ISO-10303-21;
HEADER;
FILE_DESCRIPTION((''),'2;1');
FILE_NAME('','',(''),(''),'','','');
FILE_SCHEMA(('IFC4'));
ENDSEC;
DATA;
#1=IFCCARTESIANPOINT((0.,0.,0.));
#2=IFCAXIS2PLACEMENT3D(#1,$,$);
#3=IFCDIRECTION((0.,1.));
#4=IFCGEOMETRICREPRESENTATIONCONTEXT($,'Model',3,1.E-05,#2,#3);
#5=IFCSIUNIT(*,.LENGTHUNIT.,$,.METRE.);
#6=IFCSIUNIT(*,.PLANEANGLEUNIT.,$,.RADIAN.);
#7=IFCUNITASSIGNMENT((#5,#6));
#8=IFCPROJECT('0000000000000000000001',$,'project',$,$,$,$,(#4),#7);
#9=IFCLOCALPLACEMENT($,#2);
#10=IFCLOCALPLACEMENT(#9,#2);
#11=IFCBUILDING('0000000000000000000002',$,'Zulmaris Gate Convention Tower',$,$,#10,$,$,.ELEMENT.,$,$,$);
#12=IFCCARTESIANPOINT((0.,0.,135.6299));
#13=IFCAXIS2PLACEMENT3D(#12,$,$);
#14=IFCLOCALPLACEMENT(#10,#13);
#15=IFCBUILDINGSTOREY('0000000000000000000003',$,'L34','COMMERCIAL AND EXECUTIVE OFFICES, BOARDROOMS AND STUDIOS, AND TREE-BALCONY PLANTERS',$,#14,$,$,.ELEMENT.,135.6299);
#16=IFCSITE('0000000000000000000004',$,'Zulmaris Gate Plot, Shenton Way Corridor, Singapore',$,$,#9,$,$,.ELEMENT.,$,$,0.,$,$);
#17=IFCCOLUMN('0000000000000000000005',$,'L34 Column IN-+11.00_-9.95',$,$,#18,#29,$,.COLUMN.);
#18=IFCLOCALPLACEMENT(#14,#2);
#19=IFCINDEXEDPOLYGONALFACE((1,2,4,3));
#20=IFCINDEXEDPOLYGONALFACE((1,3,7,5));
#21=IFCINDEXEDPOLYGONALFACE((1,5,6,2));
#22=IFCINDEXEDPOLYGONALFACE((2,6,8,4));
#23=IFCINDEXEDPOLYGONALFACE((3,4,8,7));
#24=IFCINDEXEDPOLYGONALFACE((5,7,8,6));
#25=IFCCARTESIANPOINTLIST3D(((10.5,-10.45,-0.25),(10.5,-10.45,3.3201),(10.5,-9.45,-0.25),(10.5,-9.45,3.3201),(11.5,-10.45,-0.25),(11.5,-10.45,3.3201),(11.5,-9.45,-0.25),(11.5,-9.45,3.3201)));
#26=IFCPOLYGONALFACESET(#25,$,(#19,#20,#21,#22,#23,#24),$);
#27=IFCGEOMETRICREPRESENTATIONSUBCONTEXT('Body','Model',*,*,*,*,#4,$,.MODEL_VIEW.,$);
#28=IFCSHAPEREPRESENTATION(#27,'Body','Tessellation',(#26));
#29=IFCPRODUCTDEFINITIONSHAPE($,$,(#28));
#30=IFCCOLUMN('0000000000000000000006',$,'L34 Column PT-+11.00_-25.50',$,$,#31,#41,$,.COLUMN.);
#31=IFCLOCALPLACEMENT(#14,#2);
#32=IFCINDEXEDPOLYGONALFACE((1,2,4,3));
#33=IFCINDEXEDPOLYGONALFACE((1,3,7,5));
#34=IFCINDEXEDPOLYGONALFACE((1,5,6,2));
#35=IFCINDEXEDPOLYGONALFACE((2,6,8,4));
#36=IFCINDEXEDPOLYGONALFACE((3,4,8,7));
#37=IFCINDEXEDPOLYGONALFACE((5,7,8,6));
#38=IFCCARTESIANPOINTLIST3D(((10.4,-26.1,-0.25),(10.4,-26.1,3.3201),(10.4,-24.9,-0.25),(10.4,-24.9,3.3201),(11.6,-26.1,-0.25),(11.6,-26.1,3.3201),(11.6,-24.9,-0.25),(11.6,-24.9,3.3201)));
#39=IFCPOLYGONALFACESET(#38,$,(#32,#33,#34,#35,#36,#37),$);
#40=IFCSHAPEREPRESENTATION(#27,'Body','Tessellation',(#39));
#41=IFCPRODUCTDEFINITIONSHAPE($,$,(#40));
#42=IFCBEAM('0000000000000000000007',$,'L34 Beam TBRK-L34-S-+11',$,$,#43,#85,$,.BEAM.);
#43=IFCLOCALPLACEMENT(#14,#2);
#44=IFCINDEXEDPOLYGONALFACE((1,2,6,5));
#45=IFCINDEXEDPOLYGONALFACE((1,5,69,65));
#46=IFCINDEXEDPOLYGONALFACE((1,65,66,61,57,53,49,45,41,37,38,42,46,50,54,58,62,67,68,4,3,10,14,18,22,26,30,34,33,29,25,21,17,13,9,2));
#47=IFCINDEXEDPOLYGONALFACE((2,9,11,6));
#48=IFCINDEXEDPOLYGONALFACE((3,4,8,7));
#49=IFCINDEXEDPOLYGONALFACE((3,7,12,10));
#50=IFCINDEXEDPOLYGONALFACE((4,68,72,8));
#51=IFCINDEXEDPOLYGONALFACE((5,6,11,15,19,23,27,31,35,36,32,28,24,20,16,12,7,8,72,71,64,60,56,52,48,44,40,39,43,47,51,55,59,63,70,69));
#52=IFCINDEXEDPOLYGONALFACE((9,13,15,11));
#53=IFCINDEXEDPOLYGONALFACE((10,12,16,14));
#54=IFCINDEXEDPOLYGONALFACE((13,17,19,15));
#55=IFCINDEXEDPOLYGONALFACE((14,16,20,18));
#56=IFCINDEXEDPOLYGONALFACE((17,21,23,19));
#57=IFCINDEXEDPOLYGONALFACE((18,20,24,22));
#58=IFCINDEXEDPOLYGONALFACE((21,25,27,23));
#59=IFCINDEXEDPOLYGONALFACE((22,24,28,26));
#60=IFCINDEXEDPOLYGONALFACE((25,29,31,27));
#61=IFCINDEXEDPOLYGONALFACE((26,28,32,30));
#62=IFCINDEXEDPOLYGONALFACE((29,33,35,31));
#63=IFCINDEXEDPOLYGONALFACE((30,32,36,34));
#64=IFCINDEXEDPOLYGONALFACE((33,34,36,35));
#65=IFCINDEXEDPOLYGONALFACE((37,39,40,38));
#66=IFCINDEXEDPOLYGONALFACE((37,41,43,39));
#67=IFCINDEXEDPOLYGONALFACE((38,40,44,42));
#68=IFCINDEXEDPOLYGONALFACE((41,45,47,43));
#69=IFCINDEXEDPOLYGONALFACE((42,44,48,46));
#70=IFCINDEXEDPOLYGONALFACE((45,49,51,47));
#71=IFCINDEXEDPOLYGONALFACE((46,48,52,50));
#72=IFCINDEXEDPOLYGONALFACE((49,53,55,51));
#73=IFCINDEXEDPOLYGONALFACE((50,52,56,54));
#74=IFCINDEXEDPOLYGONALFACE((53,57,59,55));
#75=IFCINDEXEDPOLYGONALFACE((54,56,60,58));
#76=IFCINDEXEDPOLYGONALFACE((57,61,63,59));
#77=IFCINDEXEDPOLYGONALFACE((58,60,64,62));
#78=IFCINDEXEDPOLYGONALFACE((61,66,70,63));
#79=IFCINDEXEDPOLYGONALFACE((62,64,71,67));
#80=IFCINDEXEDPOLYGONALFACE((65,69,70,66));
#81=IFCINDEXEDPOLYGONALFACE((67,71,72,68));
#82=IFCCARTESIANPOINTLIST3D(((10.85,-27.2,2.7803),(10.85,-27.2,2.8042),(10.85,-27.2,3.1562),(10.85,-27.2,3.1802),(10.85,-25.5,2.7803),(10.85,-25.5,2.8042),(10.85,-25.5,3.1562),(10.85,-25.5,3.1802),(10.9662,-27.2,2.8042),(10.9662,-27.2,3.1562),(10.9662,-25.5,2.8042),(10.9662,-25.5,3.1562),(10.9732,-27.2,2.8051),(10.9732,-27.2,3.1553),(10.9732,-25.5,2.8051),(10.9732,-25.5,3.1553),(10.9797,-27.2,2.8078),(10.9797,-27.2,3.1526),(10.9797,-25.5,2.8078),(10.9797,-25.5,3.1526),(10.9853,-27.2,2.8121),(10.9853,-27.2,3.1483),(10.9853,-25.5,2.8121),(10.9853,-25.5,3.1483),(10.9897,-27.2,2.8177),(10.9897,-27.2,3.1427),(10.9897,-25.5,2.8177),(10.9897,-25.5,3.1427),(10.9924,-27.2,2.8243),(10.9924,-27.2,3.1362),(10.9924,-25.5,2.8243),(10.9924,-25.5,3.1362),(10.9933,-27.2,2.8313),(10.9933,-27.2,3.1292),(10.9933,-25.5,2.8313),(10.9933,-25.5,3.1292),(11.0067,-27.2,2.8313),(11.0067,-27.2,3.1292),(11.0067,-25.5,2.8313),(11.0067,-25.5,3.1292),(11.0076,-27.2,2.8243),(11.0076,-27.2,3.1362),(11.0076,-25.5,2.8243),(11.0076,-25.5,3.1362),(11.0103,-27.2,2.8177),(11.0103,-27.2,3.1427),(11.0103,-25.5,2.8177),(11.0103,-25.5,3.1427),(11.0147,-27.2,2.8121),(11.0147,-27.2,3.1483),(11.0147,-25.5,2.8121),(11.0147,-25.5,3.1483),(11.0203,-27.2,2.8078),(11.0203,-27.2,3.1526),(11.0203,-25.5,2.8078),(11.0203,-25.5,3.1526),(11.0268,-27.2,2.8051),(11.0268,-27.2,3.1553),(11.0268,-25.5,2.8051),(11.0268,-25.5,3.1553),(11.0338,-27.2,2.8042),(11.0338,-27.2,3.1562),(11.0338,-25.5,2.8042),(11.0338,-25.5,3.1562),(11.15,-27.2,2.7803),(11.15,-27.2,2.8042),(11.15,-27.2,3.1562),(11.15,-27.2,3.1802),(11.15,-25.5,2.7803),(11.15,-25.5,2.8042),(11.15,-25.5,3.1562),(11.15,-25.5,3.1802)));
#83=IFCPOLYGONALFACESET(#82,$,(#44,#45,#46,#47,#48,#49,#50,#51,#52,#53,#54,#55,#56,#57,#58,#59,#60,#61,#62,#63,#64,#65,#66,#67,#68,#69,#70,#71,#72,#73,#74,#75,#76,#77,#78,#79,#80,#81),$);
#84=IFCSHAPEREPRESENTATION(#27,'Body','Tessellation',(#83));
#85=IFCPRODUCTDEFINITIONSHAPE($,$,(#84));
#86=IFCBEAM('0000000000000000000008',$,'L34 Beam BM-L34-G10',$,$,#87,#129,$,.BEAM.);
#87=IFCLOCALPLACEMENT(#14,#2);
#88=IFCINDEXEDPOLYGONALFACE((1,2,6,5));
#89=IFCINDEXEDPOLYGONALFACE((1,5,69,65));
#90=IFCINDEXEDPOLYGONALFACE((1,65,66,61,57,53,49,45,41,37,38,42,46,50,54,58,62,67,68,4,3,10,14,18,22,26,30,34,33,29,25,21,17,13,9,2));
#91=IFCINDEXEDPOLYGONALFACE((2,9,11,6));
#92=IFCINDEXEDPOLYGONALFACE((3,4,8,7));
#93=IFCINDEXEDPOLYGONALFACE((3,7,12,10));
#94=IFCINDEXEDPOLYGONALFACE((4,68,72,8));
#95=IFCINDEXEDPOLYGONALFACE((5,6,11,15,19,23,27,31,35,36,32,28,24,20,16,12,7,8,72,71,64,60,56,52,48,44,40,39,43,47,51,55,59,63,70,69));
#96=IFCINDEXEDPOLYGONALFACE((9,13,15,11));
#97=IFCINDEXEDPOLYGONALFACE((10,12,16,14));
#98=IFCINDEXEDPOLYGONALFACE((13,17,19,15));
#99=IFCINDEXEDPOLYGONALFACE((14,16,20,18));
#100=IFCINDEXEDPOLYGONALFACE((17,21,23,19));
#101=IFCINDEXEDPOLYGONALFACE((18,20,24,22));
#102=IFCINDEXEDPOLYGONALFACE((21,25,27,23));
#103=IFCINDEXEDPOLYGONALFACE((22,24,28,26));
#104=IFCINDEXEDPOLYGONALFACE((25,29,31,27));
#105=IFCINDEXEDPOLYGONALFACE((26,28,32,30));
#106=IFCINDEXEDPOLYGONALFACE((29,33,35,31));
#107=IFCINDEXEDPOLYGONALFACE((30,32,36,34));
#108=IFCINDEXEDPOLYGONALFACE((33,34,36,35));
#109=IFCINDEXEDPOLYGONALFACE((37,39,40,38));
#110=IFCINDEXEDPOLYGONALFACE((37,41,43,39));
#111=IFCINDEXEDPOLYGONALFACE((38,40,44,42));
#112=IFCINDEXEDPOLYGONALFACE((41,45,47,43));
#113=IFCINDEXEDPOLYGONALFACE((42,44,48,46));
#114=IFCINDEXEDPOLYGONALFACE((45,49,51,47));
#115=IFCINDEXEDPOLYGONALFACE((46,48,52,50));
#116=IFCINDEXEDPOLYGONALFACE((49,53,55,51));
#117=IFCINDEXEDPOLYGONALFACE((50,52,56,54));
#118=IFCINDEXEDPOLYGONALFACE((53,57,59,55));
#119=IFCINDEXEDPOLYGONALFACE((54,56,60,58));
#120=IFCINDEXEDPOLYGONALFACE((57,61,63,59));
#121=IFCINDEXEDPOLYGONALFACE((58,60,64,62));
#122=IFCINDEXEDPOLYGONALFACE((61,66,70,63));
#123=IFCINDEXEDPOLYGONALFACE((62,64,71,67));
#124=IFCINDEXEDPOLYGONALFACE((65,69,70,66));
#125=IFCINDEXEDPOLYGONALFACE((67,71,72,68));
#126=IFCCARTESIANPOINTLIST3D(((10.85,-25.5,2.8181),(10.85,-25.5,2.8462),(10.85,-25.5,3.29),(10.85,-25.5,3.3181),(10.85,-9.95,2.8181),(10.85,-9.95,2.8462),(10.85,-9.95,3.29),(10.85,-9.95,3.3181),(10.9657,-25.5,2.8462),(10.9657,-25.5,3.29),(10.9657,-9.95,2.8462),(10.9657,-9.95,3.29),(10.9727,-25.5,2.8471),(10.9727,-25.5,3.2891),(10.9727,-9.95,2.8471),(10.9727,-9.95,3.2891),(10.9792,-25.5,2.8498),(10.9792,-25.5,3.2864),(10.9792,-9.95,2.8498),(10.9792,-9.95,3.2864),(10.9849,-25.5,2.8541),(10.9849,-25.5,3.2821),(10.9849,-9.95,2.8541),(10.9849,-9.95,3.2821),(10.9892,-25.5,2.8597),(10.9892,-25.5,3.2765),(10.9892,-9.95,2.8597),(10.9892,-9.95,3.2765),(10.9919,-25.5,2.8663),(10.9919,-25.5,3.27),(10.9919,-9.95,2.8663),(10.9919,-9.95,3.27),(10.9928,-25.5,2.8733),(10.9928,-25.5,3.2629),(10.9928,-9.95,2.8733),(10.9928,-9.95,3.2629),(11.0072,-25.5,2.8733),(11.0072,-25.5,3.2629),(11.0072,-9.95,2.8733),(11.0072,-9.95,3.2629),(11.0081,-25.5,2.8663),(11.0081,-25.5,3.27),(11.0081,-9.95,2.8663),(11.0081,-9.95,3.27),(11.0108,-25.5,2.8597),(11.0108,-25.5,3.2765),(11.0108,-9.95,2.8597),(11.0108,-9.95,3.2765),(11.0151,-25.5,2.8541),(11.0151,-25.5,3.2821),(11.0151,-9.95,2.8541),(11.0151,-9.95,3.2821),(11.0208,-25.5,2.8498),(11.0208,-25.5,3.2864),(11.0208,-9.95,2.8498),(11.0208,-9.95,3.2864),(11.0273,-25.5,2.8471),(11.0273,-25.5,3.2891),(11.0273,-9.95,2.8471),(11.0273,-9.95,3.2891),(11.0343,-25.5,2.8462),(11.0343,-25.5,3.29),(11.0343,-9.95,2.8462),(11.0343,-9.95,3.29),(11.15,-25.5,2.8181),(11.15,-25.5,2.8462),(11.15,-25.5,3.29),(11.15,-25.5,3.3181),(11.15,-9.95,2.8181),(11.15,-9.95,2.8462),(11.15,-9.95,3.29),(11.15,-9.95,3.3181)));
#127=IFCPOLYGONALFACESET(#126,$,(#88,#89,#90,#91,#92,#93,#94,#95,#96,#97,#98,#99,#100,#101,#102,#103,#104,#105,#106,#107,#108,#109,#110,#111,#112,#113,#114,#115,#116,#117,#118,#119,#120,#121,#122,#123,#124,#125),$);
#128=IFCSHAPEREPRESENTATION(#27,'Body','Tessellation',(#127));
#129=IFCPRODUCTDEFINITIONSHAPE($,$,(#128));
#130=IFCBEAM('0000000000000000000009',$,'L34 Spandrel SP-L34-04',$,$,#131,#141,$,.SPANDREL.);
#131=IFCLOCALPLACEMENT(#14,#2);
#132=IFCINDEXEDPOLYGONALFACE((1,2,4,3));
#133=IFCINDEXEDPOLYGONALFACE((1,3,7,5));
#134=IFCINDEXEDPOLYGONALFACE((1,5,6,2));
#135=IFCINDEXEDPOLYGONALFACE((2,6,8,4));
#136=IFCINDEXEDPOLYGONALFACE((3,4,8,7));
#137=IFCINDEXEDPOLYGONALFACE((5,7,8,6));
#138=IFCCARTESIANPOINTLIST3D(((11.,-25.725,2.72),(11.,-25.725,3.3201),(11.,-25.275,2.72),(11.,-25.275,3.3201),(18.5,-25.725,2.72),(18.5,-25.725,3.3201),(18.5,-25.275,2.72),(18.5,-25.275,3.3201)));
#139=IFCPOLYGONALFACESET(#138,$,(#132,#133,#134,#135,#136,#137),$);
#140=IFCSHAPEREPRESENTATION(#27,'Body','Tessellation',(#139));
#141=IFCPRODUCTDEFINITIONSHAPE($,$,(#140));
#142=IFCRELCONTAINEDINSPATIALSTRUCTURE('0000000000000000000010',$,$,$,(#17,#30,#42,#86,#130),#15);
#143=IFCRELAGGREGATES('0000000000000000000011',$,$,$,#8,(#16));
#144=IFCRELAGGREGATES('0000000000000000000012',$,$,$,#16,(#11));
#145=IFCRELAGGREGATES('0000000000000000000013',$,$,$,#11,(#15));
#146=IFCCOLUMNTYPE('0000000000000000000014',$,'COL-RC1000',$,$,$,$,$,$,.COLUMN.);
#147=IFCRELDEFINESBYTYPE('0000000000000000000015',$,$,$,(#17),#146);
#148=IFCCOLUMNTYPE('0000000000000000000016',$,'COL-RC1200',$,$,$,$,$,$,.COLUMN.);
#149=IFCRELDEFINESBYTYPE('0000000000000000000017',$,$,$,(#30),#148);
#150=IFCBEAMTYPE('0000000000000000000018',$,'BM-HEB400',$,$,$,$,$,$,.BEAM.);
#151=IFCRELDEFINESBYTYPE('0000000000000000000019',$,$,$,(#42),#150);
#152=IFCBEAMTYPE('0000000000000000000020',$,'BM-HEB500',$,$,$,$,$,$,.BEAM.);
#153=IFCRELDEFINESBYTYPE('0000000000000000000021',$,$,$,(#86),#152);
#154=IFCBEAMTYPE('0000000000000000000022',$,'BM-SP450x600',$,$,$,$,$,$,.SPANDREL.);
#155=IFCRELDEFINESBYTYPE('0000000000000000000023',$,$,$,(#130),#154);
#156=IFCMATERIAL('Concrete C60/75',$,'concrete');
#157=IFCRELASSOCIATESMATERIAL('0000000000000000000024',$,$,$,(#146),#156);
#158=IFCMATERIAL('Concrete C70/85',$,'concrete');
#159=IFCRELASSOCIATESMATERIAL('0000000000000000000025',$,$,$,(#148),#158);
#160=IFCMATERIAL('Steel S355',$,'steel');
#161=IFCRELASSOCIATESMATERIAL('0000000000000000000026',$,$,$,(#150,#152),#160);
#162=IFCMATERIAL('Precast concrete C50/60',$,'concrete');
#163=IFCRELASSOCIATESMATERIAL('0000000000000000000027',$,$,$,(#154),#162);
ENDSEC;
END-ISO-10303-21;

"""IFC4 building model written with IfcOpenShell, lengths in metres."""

from ifc_helpers import new_model, si_unit, direction, frame, origin, origin_2d, place, context, subcontext, project, spatial, rectangle, i_section, extrude, material, material_profile, profile_set, type_object, element, save


model = new_model("IFC4")

# Units and contexts
model_context = context("Model", 3, precision=1e-05, world=origin(), true_north=direction((0.0, 1.0)))
body_context = subcontext(model_context, "Body", "Model", "MODEL_VIEW")
ifc_project = project(units=[si_unit("LENGTHUNIT", "METRE"), si_unit("PLANEANGLEUNIT", "RADIAN")], contexts=[model_context])

# Site, building, storey
site_placement = place(None, origin())
site = spatial("IfcSite", under=ifc_project, at=site_placement, Name="Zulmaris Gate Plot, Shenton Way Corridor, Singapore", CompositionType="ELEMENT", RefElevation=0.0)
building_placement = place(site_placement, origin())
building = spatial("IfcBuilding", under=site, at=building_placement, Name="Zulmaris Gate Convention Tower", CompositionType="ELEMENT")
storey_placement = place(building_placement, frame((0.0, 0.0, 135.6299)))
storey = spatial("IfcBuildingStorey", under=building, at=storey_placement, Name="L34", Description="COMMERCIAL AND EXECUTIVE OFFICES, BOARDROOMS AND STUDIOS, AND TREE-BALCONY PLANTERS", CompositionType="ELEMENT", Elevation=135.6299)

# Columns
ifc_material_1 = material(Name="Concrete C60/75", Category="concrete")
ifc_material_profile_1 = material_profile(ifc_material_1, rectangle(XDim=1.0, YDim=1.0, at=origin_2d()), Name="RC COL 1000x1000")
ifc_profile_set_1 = profile_set([ifc_material_profile_1], Name="Concrete C60/75")
column_type_1 = type_object("IfcColumnType", Name="COL-RC1000", PredefinedType="COLUMN", material=ifc_profile_set_1)
column_1_placement = place(storey_placement, frame((11.0, -9.95, -0.25), z_axis=(0.0, 0.0, 1.0), x_axis=(1.0, 0.0, 0.0)))
element("IfcColumn", 1, at=column_1_placement, inside=storey, type_object=column_type_1, Name="L34 Column IN-+11.00_-9.95", PredefinedType="COLUMN", context=body_context, shape_type="SweptSolid", body=[
    extrude(rectangle(XDim=1.0, YDim=1.0, at=origin_2d()), origin(), (0.0, 0.0, 1.0), 3.5701),
])
ifc_material_2 = material(Name="Concrete C70/85", Category="concrete")
ifc_material_profile_2 = material_profile(ifc_material_2, rectangle(XDim=1.2, YDim=1.2, at=origin_2d()), Name="RC COL 1200x1200")
ifc_profile_set_2 = profile_set([ifc_material_profile_2], Name="Concrete C70/85")
column_type_2 = type_object("IfcColumnType", Name="COL-RC1200", PredefinedType="COLUMN", material=ifc_profile_set_2)
column_2_placement = place(storey_placement, frame((11.0, -25.5, -0.25), z_axis=(0.0, 0.0, 1.0), x_axis=(1.0, 0.0, 0.0)))
element("IfcColumn", 2, at=column_2_placement, inside=storey, type_object=column_type_2, Name="L34 Column PT-+11.00_-25.50", PredefinedType="COLUMN", context=body_context, shape_type="SweptSolid", body=[
    extrude(rectangle(XDim=1.2, YDim=1.2, at=origin_2d()), origin(), (0.0, 0.0, 1.0), 3.5701),
])

# Beams
ifc_material_3 = material(Name="Steel S355", Category="steel")
ifc_material_profile_3 = material_profile(ifc_material_3, i_section(OverallWidth=0.3, OverallDepth=0.3999, WebThickness=0.0134, FlangeThickness=0.0239, FilletRadius=0.0271, at=origin_2d()), Name="HEB 400")
ifc_profile_set_3 = profile_set([ifc_material_profile_3], Name="Steel S355")
beam_type_1 = type_object("IfcBeamType", Name="BM-HEB400", PredefinedType="BEAM", material=ifc_profile_set_3)
beam_1_placement = place(storey_placement, frame((11.0, -27.2, 2.9802), z_axis=(0.0, 1.0, 0.0), x_axis=(-1.0, 0.0, 0.0)))
element("IfcBeam", 3, at=beam_1_placement, inside=storey, type_object=beam_type_1, Name="L34 Beam TBRK-L34-S-+11", PredefinedType="BEAM", context=body_context, shape_type="SweptSolid", body=[
    extrude(i_section(OverallWidth=0.3, OverallDepth=0.3999, WebThickness=0.0134, FlangeThickness=0.0239, FilletRadius=0.0271, at=origin_2d()), origin(), (0.0, 0.0, 1.0), 1.7),
])
ifc_material_profile_4 = material_profile(ifc_material_3, i_section(OverallWidth=0.3, OverallDepth=0.5, WebThickness=0.0144, FlangeThickness=0.0281, FilletRadius=0.0271, at=origin_2d()), Name="HEB 500")
ifc_profile_set_4 = profile_set([ifc_material_profile_4], Name="Steel S355")
beam_type_2 = type_object("IfcBeamType", Name="BM-HEB500", PredefinedType="BEAM", material=ifc_profile_set_4)
beam_2_placement = place(storey_placement, frame((11.0, -25.5, 3.0681), z_axis=(0.0, 1.0, 0.0), x_axis=(-1.0, 0.0, 0.0)))
element("IfcBeam", 4, at=beam_2_placement, inside=storey, type_object=beam_type_2, Name="L34 Beam BM-L34-G10", PredefinedType="BEAM", context=body_context, shape_type="SweptSolid", body=[
    extrude(i_section(OverallWidth=0.3, OverallDepth=0.5, WebThickness=0.0144, FlangeThickness=0.0281, FilletRadius=0.0271, at=origin_2d()), origin(), (0.0, 0.0, 1.0), 15.55),
])
ifc_material_4 = material(Name="Precast concrete C50/60", Category="concrete")
ifc_material_profile_5 = material_profile(ifc_material_4, rectangle(XDim=0.45, YDim=0.6001, at=origin_2d()), Name="RC SPANDREL 450x600")
ifc_profile_set_5 = profile_set([ifc_material_profile_5], Name="Precast concrete C50/60")
beam_type_3 = type_object("IfcBeamType", Name="BM-SP450x600", PredefinedType="SPANDREL", material=ifc_profile_set_5)
beam_3_placement = place(storey_placement, frame((11.0, -25.5, 3.02), z_axis=(1.0, 0.0, 0.0), x_axis=(0.0, 1.0, 0.0)))
element("IfcBeam", 5, at=beam_3_placement, inside=storey, type_object=beam_type_3, Name="L34 Spandrel SP-L34-04", PredefinedType="SPANDREL", context=body_context, shape_type="SweptSolid", body=[
    extrude(rectangle(XDim=0.45, YDim=0.6001, at=origin_2d()), origin(), (0.0, 0.0, 1.0), 7.5),
])

save(model, "model.ifc")
